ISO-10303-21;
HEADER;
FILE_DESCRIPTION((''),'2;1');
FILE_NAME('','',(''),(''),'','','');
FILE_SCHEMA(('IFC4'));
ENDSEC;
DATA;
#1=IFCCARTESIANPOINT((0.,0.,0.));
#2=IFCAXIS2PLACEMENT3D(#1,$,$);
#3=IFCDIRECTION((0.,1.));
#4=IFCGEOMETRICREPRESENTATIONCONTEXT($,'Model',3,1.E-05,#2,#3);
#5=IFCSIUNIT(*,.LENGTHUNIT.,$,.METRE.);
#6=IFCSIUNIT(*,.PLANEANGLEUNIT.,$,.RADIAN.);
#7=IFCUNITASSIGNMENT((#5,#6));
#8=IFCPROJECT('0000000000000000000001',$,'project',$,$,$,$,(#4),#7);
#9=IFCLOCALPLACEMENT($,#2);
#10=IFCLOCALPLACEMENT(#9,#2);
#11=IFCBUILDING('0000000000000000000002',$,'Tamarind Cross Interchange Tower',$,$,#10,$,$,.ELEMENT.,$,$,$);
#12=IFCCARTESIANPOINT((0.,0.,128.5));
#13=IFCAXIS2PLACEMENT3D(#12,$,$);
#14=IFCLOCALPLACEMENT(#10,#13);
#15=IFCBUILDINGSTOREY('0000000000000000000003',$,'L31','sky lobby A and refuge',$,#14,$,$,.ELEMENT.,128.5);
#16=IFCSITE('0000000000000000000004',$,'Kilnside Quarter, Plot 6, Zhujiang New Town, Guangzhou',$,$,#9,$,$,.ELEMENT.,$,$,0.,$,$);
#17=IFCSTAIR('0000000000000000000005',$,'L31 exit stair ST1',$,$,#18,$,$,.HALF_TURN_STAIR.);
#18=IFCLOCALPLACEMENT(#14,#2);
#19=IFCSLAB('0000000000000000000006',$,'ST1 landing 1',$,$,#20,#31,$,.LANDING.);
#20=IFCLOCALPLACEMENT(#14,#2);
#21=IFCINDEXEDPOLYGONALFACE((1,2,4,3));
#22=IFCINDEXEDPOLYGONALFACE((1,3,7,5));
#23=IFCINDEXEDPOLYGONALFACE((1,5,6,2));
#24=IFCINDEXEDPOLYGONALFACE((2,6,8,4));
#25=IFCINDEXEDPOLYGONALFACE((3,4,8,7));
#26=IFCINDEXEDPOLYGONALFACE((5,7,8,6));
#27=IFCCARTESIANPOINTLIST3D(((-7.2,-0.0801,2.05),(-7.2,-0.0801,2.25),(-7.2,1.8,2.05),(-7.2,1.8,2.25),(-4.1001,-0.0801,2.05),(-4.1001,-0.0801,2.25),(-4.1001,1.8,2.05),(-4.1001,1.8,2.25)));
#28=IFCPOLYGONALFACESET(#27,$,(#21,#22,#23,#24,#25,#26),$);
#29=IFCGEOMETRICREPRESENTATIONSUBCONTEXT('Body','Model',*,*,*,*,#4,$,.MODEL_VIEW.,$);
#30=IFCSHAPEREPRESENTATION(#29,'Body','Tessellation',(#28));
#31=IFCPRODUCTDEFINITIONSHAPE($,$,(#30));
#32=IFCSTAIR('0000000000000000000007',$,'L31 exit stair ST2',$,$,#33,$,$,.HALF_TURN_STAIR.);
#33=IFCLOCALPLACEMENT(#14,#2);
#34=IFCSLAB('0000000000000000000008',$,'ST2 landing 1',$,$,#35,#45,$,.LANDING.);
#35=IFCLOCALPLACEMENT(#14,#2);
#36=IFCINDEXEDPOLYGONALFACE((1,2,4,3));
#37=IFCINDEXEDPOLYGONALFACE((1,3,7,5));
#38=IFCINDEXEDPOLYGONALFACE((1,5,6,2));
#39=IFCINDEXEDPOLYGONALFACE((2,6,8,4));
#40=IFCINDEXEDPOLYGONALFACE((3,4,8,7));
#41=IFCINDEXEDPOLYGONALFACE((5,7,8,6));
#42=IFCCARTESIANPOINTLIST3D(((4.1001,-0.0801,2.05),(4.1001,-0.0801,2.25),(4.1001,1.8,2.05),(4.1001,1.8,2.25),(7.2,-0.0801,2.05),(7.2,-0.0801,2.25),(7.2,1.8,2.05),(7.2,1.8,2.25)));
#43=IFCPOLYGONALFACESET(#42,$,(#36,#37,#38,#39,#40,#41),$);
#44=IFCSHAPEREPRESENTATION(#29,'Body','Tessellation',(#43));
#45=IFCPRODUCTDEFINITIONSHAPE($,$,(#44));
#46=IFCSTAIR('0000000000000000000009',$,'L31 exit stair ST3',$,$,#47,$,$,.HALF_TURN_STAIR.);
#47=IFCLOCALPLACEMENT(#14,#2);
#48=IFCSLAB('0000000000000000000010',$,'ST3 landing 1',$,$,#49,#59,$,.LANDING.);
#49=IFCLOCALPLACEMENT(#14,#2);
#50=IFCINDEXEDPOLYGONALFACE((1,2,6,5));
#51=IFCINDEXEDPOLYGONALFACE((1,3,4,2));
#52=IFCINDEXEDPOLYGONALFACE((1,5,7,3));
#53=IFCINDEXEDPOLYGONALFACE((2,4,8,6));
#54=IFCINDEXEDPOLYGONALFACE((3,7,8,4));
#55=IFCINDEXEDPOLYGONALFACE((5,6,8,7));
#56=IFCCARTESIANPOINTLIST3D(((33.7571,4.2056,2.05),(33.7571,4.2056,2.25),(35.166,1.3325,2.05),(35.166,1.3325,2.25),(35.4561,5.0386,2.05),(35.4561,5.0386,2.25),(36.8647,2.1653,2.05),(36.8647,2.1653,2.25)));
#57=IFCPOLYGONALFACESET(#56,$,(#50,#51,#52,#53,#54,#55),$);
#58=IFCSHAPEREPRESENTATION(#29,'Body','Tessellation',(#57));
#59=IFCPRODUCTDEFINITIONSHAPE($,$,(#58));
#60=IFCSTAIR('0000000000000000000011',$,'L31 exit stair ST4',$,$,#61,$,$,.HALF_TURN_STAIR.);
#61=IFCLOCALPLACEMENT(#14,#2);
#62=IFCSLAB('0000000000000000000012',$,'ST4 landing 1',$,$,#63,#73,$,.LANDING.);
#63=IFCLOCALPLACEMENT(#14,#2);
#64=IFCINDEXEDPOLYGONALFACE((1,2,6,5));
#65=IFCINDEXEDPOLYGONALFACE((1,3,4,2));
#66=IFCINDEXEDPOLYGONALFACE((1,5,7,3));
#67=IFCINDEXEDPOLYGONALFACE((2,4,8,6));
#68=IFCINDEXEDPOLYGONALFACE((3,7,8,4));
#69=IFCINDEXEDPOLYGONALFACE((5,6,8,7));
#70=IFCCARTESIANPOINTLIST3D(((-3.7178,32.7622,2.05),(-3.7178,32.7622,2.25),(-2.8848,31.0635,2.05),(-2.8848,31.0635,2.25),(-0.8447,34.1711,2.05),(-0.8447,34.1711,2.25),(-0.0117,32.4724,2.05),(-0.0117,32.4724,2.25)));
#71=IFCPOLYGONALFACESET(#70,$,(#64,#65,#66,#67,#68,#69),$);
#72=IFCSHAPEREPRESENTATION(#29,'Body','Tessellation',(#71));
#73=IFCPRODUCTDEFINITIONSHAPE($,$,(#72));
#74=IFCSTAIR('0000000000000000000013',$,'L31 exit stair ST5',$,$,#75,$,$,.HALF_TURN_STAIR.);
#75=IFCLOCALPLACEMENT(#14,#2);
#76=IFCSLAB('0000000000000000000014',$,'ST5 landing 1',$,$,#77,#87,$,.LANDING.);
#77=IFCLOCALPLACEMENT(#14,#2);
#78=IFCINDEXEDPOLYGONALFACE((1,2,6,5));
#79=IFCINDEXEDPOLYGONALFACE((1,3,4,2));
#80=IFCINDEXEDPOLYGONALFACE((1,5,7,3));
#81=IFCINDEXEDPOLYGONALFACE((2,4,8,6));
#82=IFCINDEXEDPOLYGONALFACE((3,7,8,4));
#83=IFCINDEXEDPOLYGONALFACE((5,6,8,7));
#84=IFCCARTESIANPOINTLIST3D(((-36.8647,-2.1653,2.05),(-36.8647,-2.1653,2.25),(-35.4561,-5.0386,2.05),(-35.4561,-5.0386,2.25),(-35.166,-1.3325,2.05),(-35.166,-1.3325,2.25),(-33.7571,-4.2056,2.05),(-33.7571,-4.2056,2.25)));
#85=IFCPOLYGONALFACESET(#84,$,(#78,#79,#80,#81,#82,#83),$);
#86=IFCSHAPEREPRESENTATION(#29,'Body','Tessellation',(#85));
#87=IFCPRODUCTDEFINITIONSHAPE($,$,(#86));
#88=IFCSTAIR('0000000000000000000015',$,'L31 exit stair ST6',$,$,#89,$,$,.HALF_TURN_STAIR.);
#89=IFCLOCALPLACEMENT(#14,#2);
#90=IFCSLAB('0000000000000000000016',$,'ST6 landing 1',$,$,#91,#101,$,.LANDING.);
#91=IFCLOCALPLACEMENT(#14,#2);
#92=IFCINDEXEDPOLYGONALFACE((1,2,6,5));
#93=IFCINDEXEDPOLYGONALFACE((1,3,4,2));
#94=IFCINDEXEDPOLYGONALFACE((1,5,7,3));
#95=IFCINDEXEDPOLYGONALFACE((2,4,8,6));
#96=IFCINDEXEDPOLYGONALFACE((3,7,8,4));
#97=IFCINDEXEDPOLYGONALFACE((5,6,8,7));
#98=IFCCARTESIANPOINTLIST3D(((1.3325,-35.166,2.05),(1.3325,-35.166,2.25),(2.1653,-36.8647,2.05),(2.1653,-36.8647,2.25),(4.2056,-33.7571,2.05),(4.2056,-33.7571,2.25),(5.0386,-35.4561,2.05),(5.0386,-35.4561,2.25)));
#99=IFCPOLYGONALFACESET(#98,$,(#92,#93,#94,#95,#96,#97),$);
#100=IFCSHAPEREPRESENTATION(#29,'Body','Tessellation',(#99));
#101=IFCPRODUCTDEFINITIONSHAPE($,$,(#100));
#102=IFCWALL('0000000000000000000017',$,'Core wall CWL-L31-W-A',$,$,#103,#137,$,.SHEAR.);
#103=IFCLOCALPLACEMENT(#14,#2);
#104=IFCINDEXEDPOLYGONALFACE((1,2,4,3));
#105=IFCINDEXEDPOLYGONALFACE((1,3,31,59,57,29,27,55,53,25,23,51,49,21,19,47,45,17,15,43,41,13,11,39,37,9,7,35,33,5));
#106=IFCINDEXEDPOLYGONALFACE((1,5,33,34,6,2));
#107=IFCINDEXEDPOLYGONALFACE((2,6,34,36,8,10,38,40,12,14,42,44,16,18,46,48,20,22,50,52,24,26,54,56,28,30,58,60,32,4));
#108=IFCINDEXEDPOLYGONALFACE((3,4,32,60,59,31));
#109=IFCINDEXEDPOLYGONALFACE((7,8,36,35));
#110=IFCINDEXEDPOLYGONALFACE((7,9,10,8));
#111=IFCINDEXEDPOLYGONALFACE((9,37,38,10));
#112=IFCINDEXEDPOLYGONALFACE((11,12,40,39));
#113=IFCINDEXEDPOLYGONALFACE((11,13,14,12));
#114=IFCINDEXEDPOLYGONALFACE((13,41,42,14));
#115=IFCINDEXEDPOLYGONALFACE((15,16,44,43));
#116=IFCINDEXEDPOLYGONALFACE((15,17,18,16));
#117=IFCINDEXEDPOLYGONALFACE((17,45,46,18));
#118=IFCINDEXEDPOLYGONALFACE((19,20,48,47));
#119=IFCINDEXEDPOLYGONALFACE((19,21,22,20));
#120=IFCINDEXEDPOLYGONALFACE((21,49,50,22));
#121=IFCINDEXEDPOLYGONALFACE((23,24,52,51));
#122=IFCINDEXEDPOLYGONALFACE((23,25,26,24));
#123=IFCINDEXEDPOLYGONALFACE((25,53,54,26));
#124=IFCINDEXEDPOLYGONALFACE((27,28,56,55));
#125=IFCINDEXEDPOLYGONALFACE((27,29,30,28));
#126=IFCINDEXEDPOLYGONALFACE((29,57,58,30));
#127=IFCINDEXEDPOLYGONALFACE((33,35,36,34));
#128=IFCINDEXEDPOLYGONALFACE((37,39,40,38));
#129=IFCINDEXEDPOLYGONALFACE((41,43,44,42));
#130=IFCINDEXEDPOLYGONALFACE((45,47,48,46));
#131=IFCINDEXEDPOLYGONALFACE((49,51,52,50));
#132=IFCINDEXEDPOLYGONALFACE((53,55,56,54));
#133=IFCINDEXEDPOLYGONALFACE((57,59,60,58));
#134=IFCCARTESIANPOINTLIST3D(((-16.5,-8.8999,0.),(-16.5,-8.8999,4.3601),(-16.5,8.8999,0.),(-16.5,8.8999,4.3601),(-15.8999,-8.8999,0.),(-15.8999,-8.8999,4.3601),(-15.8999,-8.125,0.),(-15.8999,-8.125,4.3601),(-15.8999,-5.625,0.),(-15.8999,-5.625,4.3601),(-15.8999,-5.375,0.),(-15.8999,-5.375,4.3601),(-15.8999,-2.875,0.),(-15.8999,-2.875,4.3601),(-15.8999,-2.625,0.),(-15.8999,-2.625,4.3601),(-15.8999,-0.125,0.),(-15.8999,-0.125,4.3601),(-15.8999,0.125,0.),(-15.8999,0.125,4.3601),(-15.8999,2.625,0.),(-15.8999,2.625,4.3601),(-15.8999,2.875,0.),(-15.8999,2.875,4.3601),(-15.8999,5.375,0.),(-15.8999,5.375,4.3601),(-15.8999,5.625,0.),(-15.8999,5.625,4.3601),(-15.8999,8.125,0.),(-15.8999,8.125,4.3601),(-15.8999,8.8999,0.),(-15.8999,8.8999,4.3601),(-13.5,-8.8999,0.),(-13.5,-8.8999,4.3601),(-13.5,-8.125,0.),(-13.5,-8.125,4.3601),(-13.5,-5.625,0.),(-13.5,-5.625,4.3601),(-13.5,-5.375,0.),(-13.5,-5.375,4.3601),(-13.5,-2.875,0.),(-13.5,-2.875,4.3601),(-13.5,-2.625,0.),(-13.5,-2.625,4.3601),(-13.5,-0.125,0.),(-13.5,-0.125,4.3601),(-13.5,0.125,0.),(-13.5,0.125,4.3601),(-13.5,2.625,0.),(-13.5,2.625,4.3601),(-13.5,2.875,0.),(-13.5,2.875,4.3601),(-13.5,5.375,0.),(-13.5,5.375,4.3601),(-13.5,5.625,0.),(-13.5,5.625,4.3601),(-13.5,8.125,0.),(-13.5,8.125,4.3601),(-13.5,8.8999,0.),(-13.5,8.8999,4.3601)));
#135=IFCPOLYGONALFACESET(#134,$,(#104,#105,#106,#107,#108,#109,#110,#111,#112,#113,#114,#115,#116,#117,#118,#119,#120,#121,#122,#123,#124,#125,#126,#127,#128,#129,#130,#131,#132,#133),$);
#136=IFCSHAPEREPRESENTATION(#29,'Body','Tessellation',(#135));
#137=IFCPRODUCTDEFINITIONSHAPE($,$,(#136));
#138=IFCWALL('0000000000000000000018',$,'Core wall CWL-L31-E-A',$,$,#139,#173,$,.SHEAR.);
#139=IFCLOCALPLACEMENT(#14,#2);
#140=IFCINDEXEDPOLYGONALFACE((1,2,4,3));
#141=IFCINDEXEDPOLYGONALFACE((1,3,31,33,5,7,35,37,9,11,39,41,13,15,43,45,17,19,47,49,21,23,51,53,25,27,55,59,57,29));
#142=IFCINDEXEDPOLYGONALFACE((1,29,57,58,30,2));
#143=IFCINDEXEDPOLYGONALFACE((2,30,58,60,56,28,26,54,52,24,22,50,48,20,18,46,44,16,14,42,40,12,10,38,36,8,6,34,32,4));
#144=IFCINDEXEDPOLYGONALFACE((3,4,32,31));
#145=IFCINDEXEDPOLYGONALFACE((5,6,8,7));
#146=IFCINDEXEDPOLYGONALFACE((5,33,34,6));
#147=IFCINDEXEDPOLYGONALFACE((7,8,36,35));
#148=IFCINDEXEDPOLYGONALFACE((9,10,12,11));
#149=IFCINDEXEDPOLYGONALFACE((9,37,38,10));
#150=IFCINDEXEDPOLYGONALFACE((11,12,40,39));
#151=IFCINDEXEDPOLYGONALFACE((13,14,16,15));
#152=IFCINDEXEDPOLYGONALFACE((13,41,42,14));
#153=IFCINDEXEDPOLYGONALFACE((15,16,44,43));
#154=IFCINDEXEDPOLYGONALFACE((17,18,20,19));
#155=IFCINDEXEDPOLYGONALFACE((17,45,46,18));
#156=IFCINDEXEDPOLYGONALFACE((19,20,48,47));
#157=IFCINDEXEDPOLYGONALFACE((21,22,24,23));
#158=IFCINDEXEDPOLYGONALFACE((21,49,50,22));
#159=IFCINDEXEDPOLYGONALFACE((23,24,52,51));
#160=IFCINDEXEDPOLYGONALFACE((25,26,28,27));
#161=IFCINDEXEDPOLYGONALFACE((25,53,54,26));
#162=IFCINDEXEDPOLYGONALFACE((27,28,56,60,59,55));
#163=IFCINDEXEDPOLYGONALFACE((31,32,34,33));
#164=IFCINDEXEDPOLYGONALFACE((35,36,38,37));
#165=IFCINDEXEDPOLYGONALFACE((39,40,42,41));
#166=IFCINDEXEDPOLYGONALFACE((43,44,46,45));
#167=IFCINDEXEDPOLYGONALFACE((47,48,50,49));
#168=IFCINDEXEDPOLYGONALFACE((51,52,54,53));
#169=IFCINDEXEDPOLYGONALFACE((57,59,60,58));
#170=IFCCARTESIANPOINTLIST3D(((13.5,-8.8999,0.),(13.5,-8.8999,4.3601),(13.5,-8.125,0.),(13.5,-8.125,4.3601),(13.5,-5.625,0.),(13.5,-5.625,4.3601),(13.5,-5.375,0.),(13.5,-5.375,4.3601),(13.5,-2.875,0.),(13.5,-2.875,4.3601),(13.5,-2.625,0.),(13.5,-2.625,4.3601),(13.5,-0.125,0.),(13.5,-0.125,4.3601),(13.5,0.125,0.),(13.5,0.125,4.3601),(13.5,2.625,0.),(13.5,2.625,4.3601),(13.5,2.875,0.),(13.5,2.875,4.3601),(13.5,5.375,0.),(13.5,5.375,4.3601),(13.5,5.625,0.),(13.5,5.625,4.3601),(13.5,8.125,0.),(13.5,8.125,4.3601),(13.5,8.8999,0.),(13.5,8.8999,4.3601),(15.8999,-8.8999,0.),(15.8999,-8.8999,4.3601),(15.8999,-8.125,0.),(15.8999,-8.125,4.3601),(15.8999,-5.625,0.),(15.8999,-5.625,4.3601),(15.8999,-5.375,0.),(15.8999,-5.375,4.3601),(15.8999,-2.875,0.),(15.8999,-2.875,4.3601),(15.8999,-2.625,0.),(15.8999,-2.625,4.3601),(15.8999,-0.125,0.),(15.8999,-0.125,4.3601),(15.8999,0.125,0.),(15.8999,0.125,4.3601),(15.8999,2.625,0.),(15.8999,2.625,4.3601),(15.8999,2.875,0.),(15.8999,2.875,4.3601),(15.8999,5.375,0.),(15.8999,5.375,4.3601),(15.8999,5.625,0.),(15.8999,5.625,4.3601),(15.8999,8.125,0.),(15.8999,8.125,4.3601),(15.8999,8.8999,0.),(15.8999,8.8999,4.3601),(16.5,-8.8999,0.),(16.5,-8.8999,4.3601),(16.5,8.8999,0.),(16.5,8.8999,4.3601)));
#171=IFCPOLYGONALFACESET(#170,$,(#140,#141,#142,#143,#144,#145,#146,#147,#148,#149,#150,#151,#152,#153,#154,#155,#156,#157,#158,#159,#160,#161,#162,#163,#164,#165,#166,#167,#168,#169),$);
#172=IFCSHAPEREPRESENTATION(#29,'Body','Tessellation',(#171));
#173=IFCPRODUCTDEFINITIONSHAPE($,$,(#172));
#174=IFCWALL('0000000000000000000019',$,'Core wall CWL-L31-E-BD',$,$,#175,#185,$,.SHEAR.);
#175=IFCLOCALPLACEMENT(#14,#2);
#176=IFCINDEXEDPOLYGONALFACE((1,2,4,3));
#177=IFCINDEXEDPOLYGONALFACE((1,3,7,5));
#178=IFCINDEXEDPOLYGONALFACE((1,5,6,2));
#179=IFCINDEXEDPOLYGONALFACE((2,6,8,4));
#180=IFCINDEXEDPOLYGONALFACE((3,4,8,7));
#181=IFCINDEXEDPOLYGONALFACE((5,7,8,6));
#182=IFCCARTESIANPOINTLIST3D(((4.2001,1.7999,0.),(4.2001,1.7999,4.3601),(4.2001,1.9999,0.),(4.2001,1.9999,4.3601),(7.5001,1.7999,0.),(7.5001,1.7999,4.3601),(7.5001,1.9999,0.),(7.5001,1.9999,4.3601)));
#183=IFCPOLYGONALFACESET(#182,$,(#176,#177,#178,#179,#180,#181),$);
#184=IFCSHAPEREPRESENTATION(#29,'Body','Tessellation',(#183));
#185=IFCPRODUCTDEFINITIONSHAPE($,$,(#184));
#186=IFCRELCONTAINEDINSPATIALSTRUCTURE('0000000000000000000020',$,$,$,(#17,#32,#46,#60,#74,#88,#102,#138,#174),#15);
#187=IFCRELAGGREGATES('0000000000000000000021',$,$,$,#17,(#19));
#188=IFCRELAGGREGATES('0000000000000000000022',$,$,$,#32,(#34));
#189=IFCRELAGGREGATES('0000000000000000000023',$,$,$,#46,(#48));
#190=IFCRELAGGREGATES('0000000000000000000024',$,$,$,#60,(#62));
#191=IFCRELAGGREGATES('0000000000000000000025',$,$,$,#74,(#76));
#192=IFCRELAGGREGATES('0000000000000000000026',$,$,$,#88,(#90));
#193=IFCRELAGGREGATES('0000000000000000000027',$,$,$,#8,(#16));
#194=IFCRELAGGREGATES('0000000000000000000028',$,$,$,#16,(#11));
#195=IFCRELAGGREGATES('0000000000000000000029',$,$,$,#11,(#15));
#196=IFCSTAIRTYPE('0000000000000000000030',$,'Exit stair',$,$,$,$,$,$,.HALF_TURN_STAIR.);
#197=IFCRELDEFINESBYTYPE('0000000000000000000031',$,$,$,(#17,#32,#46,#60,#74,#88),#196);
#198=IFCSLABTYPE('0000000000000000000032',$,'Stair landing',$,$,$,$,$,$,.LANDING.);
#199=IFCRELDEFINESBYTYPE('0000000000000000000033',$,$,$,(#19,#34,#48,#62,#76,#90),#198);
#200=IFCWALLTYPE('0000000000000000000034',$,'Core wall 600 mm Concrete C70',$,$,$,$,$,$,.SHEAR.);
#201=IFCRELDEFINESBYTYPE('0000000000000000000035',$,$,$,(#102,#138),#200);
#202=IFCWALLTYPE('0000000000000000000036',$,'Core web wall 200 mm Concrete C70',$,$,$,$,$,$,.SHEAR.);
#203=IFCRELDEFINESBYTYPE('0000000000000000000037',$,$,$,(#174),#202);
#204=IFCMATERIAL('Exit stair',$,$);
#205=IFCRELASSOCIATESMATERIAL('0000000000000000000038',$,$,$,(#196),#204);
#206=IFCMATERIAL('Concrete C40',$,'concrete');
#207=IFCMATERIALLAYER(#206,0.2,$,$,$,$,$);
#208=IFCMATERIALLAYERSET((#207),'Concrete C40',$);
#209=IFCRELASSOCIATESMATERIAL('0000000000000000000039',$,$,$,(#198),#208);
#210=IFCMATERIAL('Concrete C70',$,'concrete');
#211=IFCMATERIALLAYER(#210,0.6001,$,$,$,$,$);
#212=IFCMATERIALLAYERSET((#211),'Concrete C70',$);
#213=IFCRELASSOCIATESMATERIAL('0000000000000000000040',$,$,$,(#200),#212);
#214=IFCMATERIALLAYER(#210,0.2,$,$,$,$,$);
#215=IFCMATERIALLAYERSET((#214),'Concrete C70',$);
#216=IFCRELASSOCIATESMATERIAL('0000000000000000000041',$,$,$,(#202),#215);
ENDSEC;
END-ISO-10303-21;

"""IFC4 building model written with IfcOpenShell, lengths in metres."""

from ifc_helpers import new_model, si_unit, direction, frame, frame_2d, origin, place, context, subcontext, project, spatial, polyline, rectangle, outline, extrude, material, layer, layer_set, type_object, element, aggregate, save


model = new_model("IFC4")

# Units and contexts
model_context = context("Model", 3, precision=1e-05, world=origin(), true_north=direction((0.0, 1.0)))
body_context = subcontext(model_context, "Body", "Model", "MODEL_VIEW")
ifc_project = project(units=[si_unit("LENGTHUNIT", "METRE"), si_unit("PLANEANGLEUNIT", "RADIAN")], contexts=[model_context])

# Site, building, storey
site_placement = place(None, origin())
site = spatial("IfcSite", under=ifc_project, at=site_placement, Name="Kilnside Quarter, Plot 6, Zhujiang New Town, Guangzhou", CompositionType="ELEMENT", RefElevation=0.0)
building_placement = place(site_placement, origin())
building = spatial("IfcBuilding", under=site, at=building_placement, Name="Tamarind Cross Interchange Tower", CompositionType="ELEMENT")
storey_placement = place(building_placement, frame((0.0, 0.0, 128.5)))
storey = spatial("IfcBuildingStorey", under=building, at=storey_placement, Name="L31", Description="sky lobby A and refuge", CompositionType="ELEMENT", Elevation=128.5)

# Stairs, slabs
ifc_material_1 = material(Name="Exit stair")
stair_type = type_object("IfcStairType", Name="Exit stair", PredefinedType="HALF_TURN_STAIR", material=ifc_material_1)
stair_1_placement = place(storey_placement, origin())
stair_1 = element("IfcStair", 1, at=stair_1_placement, inside=storey, type_object=stair_type, Name="L31 exit stair ST1", PredefinedType="HALF_TURN_STAIR")
ifc_material_2 = material(Name="Concrete C40", Category="concrete")
ifc_layer_1 = layer(ifc_material_2, 0.2)
ifc_layer_set_1 = layer_set([ifc_layer_1], Name="Concrete C40")
slab_type = type_object("IfcSlabType", Name="Stair landing", PredefinedType="LANDING", material=ifc_layer_set_1)
slab_1_placement = place(storey_placement, frame((0.0, 0.0, 2.05)))
slab_1 = element("IfcSlab", 2, at=slab_1_placement, type_object=slab_type, Name="ST1 landing 1", PredefinedType="LANDING", context=body_context, shape_type="SweptSolid", body=[
    extrude(outline(polyline([(-4.1001, -0.0801), (-4.1001, 1.8), (-7.2, 1.8), (-7.2, -0.0801), (-4.1001, -0.0801)])), origin(), (0.0, 0.0, 1.0), 0.2),
])
aggregate(stair_1, [slab_1])
stair_2_placement = place(storey_placement, origin())
stair_2 = element("IfcStair", 3, at=stair_2_placement, inside=storey, type_object=stair_type, Name="L31 exit stair ST2", PredefinedType="HALF_TURN_STAIR")
slab_2_placement = place(storey_placement, frame((0.0, 0.0, 2.05)))
slab_2 = element("IfcSlab", 4, at=slab_2_placement, type_object=slab_type, Name="ST2 landing 1", PredefinedType="LANDING", context=body_context, shape_type="SweptSolid", body=[
    extrude(outline(polyline([(7.2, -0.0801), (7.2, 1.8), (4.1001, 1.8), (4.1001, -0.0801), (7.2, -0.0801)])), origin(), (0.0, 0.0, 1.0), 0.2),
])
aggregate(stair_2, [slab_2])
stair_3_placement = place(storey_placement, origin())
stair_3 = element("IfcStair", 5, at=stair_3_placement, inside=storey, type_object=stair_type, Name="L31 exit stair ST3", PredefinedType="HALF_TURN_STAIR")
slab_3_placement = place(storey_placement, frame((0.0, 0.0, 2.05)))
slab_3 = element("IfcSlab", 6, at=slab_3_placement, type_object=slab_type, Name="ST3 landing 1", PredefinedType="LANDING", context=body_context, shape_type="SweptSolid", body=[
    extrude(outline(polyline([(35.166, 1.3325), (36.8647, 2.1653), (35.4561, 5.0386), (33.7571, 4.2056), (35.166, 1.3325)])), origin(), (0.0, 0.0, 1.0), 0.2),
])
aggregate(stair_3, [slab_3])
stair_4_placement = place(storey_placement, origin())
stair_4 = element("IfcStair", 7, at=stair_4_placement, inside=storey, type_object=stair_type, Name="L31 exit stair ST4", PredefinedType="HALF_TURN_STAIR")
slab_4_placement = place(storey_placement, frame((0.0, 0.0, 2.05)))
slab_4 = element("IfcSlab", 8, at=slab_4_placement, type_object=slab_type, Name="ST4 landing 1", PredefinedType="LANDING", context=body_context, shape_type="SweptSolid", body=[
    extrude(outline(polyline([(-0.0117, 32.4724), (-0.8447, 34.1711), (-3.7178, 32.7622), (-2.8848, 31.0635), (-0.0117, 32.4724)])), origin(), (0.0, 0.0, 1.0), 0.2),
])
aggregate(stair_4, [slab_4])
stair_5_placement = place(storey_placement, origin())
stair_5 = element("IfcStair", 9, at=stair_5_placement, inside=storey, type_object=stair_type, Name="L31 exit stair ST5", PredefinedType="HALF_TURN_STAIR")
slab_5_placement = place(storey_placement, frame((0.0, 0.0, 2.05)))
slab_5 = element("IfcSlab", 10, at=slab_5_placement, type_object=slab_type, Name="ST5 landing 1", PredefinedType="LANDING", context=body_context, shape_type="SweptSolid", body=[
    extrude(outline(polyline([(-35.166, -1.3325), (-36.8647, -2.1653), (-35.4561, -5.0386), (-33.7571, -4.2056), (-35.166, -1.3325)])), origin(), (0.0, 0.0, 1.0), 0.2),
])
aggregate(stair_5, [slab_5])
stair_6_placement = place(storey_placement, origin())
stair_6 = element("IfcStair", 11, at=stair_6_placement, inside=storey, type_object=stair_type, Name="L31 exit stair ST6", PredefinedType="HALF_TURN_STAIR")
slab_6_placement = place(storey_placement, frame((0.0, 0.0, 2.05)))
slab_6 = element("IfcSlab", 12, at=slab_6_placement, type_object=slab_type, Name="ST6 landing 1", PredefinedType="LANDING", context=body_context, shape_type="SweptSolid", body=[
    extrude(outline(polyline([(1.3325, -35.166), (2.1653, -36.8647), (5.0386, -35.4561), (4.2056, -33.7571), (1.3325, -35.166)])), origin(), (0.0, 0.0, 1.0), 0.2),
])
aggregate(stair_6, [slab_6])

# Walls
ifc_material_3 = material(Name="Concrete C70", Category="concrete")
ifc_layer_2 = layer(ifc_material_3, 0.6001)
ifc_layer_set_2 = layer_set([ifc_layer_2], Name="Concrete C70")
wall_type_1 = type_object("IfcWallType", Name="Core wall 600 mm Concrete C70", PredefinedType="SHEAR", material=ifc_layer_set_2)
wall_1_placement = place(storey_placement, origin())
element("IfcWall", 13, at=wall_1_placement, inside=storey, type_object=wall_type_1, Name="Core wall CWL-L31-W-A", PredefinedType="SHEAR", context=body_context, shape_type="SweptSolid", body=[
    extrude(outline(polyline([(-13.5, -8.8999), (-13.5, -8.125), (-15.8999, -8.125), (-15.8999, -5.625), (-13.5, -5.625), (-13.5, -5.375), (-15.8999, -5.375), (-15.8999, -2.875), (-13.5, -2.875), (-13.5, -2.625), (-15.8999, -2.625), (-15.8999, -0.125), (-13.5, -0.125), (-13.5, 0.125), (-15.8999, 0.125), (-15.8999, 2.625), (-13.5, 2.625), (-13.5, 2.875), (-15.8999, 2.875), (-15.8999, 5.375), (-13.5, 5.375), (-13.5, 5.625), (-15.8999, 5.625), (-15.8999, 8.125), (-13.5, 8.125), (-13.5, 8.8999), (-15.8999, 8.8999), (-16.5, 8.8999), (-16.5, -8.8999), (-15.8999, -8.8999), (-13.5, -8.8999)])), origin(), (0.0, 0.0, 1.0), 4.3601),
])
wall_2_placement = place(storey_placement, origin())
element("IfcWall", 14, at=wall_2_placement, inside=storey, type_object=wall_type_1, Name="Core wall CWL-L31-E-A", PredefinedType="SHEAR", context=body_context, shape_type="SweptSolid", body=[
    extrude(outline(polyline([(13.5, -8.8999), (15.8999, -8.8999), (16.5, -8.8999), (16.5, 8.8999), (15.8999, 8.8999), (13.5, 8.8999), (13.5, 8.125), (15.8999, 8.125), (15.8999, 5.625), (13.5, 5.625), (13.5, 5.375), (15.8999, 5.375), (15.8999, 2.875), (13.5, 2.875), (13.5, 2.625), (15.8999, 2.625), (15.8999, 0.125), (13.5, 0.125), (13.5, -0.125), (15.8999, -0.125), (15.8999, -2.625), (13.5, -2.625), (13.5, -2.875), (15.8999, -2.875), (15.8999, -5.375), (13.5, -5.375), (13.5, -5.625), (15.8999, -5.625), (15.8999, -8.125), (13.5, -8.125), (13.5, -8.8999)])), origin(), (0.0, 0.0, 1.0), 4.3601),
])
ifc_layer_3 = layer(ifc_material_3, 0.2)
ifc_layer_set_3 = layer_set([ifc_layer_3], Name="Concrete C70")
wall_type_2 = type_object("IfcWallType", Name="Core web wall 200 mm Concrete C70", PredefinedType="SHEAR", material=ifc_layer_set_3)
wall_3_placement = place(storey_placement, frame((7.5, 1.8999, 0.0), z_axis=(0.0, 0.0, 1.0), x_axis=(-1.0, 0.0, 0.0)))
element("IfcWall", 15, at=wall_3_placement, inside=storey, type_object=wall_type_2, Name="Core wall CWL-L31-E-BD", PredefinedType="SHEAR", context=body_context, shape_type="SweptSolid", body=[
    extrude(rectangle(XDim=3.3, YDim=0.2, at=frame_2d((1.6499, 0.0))), origin(), (0.0, 0.0, 1.0), 4.3601),
])

save(model, "model.ifc")
